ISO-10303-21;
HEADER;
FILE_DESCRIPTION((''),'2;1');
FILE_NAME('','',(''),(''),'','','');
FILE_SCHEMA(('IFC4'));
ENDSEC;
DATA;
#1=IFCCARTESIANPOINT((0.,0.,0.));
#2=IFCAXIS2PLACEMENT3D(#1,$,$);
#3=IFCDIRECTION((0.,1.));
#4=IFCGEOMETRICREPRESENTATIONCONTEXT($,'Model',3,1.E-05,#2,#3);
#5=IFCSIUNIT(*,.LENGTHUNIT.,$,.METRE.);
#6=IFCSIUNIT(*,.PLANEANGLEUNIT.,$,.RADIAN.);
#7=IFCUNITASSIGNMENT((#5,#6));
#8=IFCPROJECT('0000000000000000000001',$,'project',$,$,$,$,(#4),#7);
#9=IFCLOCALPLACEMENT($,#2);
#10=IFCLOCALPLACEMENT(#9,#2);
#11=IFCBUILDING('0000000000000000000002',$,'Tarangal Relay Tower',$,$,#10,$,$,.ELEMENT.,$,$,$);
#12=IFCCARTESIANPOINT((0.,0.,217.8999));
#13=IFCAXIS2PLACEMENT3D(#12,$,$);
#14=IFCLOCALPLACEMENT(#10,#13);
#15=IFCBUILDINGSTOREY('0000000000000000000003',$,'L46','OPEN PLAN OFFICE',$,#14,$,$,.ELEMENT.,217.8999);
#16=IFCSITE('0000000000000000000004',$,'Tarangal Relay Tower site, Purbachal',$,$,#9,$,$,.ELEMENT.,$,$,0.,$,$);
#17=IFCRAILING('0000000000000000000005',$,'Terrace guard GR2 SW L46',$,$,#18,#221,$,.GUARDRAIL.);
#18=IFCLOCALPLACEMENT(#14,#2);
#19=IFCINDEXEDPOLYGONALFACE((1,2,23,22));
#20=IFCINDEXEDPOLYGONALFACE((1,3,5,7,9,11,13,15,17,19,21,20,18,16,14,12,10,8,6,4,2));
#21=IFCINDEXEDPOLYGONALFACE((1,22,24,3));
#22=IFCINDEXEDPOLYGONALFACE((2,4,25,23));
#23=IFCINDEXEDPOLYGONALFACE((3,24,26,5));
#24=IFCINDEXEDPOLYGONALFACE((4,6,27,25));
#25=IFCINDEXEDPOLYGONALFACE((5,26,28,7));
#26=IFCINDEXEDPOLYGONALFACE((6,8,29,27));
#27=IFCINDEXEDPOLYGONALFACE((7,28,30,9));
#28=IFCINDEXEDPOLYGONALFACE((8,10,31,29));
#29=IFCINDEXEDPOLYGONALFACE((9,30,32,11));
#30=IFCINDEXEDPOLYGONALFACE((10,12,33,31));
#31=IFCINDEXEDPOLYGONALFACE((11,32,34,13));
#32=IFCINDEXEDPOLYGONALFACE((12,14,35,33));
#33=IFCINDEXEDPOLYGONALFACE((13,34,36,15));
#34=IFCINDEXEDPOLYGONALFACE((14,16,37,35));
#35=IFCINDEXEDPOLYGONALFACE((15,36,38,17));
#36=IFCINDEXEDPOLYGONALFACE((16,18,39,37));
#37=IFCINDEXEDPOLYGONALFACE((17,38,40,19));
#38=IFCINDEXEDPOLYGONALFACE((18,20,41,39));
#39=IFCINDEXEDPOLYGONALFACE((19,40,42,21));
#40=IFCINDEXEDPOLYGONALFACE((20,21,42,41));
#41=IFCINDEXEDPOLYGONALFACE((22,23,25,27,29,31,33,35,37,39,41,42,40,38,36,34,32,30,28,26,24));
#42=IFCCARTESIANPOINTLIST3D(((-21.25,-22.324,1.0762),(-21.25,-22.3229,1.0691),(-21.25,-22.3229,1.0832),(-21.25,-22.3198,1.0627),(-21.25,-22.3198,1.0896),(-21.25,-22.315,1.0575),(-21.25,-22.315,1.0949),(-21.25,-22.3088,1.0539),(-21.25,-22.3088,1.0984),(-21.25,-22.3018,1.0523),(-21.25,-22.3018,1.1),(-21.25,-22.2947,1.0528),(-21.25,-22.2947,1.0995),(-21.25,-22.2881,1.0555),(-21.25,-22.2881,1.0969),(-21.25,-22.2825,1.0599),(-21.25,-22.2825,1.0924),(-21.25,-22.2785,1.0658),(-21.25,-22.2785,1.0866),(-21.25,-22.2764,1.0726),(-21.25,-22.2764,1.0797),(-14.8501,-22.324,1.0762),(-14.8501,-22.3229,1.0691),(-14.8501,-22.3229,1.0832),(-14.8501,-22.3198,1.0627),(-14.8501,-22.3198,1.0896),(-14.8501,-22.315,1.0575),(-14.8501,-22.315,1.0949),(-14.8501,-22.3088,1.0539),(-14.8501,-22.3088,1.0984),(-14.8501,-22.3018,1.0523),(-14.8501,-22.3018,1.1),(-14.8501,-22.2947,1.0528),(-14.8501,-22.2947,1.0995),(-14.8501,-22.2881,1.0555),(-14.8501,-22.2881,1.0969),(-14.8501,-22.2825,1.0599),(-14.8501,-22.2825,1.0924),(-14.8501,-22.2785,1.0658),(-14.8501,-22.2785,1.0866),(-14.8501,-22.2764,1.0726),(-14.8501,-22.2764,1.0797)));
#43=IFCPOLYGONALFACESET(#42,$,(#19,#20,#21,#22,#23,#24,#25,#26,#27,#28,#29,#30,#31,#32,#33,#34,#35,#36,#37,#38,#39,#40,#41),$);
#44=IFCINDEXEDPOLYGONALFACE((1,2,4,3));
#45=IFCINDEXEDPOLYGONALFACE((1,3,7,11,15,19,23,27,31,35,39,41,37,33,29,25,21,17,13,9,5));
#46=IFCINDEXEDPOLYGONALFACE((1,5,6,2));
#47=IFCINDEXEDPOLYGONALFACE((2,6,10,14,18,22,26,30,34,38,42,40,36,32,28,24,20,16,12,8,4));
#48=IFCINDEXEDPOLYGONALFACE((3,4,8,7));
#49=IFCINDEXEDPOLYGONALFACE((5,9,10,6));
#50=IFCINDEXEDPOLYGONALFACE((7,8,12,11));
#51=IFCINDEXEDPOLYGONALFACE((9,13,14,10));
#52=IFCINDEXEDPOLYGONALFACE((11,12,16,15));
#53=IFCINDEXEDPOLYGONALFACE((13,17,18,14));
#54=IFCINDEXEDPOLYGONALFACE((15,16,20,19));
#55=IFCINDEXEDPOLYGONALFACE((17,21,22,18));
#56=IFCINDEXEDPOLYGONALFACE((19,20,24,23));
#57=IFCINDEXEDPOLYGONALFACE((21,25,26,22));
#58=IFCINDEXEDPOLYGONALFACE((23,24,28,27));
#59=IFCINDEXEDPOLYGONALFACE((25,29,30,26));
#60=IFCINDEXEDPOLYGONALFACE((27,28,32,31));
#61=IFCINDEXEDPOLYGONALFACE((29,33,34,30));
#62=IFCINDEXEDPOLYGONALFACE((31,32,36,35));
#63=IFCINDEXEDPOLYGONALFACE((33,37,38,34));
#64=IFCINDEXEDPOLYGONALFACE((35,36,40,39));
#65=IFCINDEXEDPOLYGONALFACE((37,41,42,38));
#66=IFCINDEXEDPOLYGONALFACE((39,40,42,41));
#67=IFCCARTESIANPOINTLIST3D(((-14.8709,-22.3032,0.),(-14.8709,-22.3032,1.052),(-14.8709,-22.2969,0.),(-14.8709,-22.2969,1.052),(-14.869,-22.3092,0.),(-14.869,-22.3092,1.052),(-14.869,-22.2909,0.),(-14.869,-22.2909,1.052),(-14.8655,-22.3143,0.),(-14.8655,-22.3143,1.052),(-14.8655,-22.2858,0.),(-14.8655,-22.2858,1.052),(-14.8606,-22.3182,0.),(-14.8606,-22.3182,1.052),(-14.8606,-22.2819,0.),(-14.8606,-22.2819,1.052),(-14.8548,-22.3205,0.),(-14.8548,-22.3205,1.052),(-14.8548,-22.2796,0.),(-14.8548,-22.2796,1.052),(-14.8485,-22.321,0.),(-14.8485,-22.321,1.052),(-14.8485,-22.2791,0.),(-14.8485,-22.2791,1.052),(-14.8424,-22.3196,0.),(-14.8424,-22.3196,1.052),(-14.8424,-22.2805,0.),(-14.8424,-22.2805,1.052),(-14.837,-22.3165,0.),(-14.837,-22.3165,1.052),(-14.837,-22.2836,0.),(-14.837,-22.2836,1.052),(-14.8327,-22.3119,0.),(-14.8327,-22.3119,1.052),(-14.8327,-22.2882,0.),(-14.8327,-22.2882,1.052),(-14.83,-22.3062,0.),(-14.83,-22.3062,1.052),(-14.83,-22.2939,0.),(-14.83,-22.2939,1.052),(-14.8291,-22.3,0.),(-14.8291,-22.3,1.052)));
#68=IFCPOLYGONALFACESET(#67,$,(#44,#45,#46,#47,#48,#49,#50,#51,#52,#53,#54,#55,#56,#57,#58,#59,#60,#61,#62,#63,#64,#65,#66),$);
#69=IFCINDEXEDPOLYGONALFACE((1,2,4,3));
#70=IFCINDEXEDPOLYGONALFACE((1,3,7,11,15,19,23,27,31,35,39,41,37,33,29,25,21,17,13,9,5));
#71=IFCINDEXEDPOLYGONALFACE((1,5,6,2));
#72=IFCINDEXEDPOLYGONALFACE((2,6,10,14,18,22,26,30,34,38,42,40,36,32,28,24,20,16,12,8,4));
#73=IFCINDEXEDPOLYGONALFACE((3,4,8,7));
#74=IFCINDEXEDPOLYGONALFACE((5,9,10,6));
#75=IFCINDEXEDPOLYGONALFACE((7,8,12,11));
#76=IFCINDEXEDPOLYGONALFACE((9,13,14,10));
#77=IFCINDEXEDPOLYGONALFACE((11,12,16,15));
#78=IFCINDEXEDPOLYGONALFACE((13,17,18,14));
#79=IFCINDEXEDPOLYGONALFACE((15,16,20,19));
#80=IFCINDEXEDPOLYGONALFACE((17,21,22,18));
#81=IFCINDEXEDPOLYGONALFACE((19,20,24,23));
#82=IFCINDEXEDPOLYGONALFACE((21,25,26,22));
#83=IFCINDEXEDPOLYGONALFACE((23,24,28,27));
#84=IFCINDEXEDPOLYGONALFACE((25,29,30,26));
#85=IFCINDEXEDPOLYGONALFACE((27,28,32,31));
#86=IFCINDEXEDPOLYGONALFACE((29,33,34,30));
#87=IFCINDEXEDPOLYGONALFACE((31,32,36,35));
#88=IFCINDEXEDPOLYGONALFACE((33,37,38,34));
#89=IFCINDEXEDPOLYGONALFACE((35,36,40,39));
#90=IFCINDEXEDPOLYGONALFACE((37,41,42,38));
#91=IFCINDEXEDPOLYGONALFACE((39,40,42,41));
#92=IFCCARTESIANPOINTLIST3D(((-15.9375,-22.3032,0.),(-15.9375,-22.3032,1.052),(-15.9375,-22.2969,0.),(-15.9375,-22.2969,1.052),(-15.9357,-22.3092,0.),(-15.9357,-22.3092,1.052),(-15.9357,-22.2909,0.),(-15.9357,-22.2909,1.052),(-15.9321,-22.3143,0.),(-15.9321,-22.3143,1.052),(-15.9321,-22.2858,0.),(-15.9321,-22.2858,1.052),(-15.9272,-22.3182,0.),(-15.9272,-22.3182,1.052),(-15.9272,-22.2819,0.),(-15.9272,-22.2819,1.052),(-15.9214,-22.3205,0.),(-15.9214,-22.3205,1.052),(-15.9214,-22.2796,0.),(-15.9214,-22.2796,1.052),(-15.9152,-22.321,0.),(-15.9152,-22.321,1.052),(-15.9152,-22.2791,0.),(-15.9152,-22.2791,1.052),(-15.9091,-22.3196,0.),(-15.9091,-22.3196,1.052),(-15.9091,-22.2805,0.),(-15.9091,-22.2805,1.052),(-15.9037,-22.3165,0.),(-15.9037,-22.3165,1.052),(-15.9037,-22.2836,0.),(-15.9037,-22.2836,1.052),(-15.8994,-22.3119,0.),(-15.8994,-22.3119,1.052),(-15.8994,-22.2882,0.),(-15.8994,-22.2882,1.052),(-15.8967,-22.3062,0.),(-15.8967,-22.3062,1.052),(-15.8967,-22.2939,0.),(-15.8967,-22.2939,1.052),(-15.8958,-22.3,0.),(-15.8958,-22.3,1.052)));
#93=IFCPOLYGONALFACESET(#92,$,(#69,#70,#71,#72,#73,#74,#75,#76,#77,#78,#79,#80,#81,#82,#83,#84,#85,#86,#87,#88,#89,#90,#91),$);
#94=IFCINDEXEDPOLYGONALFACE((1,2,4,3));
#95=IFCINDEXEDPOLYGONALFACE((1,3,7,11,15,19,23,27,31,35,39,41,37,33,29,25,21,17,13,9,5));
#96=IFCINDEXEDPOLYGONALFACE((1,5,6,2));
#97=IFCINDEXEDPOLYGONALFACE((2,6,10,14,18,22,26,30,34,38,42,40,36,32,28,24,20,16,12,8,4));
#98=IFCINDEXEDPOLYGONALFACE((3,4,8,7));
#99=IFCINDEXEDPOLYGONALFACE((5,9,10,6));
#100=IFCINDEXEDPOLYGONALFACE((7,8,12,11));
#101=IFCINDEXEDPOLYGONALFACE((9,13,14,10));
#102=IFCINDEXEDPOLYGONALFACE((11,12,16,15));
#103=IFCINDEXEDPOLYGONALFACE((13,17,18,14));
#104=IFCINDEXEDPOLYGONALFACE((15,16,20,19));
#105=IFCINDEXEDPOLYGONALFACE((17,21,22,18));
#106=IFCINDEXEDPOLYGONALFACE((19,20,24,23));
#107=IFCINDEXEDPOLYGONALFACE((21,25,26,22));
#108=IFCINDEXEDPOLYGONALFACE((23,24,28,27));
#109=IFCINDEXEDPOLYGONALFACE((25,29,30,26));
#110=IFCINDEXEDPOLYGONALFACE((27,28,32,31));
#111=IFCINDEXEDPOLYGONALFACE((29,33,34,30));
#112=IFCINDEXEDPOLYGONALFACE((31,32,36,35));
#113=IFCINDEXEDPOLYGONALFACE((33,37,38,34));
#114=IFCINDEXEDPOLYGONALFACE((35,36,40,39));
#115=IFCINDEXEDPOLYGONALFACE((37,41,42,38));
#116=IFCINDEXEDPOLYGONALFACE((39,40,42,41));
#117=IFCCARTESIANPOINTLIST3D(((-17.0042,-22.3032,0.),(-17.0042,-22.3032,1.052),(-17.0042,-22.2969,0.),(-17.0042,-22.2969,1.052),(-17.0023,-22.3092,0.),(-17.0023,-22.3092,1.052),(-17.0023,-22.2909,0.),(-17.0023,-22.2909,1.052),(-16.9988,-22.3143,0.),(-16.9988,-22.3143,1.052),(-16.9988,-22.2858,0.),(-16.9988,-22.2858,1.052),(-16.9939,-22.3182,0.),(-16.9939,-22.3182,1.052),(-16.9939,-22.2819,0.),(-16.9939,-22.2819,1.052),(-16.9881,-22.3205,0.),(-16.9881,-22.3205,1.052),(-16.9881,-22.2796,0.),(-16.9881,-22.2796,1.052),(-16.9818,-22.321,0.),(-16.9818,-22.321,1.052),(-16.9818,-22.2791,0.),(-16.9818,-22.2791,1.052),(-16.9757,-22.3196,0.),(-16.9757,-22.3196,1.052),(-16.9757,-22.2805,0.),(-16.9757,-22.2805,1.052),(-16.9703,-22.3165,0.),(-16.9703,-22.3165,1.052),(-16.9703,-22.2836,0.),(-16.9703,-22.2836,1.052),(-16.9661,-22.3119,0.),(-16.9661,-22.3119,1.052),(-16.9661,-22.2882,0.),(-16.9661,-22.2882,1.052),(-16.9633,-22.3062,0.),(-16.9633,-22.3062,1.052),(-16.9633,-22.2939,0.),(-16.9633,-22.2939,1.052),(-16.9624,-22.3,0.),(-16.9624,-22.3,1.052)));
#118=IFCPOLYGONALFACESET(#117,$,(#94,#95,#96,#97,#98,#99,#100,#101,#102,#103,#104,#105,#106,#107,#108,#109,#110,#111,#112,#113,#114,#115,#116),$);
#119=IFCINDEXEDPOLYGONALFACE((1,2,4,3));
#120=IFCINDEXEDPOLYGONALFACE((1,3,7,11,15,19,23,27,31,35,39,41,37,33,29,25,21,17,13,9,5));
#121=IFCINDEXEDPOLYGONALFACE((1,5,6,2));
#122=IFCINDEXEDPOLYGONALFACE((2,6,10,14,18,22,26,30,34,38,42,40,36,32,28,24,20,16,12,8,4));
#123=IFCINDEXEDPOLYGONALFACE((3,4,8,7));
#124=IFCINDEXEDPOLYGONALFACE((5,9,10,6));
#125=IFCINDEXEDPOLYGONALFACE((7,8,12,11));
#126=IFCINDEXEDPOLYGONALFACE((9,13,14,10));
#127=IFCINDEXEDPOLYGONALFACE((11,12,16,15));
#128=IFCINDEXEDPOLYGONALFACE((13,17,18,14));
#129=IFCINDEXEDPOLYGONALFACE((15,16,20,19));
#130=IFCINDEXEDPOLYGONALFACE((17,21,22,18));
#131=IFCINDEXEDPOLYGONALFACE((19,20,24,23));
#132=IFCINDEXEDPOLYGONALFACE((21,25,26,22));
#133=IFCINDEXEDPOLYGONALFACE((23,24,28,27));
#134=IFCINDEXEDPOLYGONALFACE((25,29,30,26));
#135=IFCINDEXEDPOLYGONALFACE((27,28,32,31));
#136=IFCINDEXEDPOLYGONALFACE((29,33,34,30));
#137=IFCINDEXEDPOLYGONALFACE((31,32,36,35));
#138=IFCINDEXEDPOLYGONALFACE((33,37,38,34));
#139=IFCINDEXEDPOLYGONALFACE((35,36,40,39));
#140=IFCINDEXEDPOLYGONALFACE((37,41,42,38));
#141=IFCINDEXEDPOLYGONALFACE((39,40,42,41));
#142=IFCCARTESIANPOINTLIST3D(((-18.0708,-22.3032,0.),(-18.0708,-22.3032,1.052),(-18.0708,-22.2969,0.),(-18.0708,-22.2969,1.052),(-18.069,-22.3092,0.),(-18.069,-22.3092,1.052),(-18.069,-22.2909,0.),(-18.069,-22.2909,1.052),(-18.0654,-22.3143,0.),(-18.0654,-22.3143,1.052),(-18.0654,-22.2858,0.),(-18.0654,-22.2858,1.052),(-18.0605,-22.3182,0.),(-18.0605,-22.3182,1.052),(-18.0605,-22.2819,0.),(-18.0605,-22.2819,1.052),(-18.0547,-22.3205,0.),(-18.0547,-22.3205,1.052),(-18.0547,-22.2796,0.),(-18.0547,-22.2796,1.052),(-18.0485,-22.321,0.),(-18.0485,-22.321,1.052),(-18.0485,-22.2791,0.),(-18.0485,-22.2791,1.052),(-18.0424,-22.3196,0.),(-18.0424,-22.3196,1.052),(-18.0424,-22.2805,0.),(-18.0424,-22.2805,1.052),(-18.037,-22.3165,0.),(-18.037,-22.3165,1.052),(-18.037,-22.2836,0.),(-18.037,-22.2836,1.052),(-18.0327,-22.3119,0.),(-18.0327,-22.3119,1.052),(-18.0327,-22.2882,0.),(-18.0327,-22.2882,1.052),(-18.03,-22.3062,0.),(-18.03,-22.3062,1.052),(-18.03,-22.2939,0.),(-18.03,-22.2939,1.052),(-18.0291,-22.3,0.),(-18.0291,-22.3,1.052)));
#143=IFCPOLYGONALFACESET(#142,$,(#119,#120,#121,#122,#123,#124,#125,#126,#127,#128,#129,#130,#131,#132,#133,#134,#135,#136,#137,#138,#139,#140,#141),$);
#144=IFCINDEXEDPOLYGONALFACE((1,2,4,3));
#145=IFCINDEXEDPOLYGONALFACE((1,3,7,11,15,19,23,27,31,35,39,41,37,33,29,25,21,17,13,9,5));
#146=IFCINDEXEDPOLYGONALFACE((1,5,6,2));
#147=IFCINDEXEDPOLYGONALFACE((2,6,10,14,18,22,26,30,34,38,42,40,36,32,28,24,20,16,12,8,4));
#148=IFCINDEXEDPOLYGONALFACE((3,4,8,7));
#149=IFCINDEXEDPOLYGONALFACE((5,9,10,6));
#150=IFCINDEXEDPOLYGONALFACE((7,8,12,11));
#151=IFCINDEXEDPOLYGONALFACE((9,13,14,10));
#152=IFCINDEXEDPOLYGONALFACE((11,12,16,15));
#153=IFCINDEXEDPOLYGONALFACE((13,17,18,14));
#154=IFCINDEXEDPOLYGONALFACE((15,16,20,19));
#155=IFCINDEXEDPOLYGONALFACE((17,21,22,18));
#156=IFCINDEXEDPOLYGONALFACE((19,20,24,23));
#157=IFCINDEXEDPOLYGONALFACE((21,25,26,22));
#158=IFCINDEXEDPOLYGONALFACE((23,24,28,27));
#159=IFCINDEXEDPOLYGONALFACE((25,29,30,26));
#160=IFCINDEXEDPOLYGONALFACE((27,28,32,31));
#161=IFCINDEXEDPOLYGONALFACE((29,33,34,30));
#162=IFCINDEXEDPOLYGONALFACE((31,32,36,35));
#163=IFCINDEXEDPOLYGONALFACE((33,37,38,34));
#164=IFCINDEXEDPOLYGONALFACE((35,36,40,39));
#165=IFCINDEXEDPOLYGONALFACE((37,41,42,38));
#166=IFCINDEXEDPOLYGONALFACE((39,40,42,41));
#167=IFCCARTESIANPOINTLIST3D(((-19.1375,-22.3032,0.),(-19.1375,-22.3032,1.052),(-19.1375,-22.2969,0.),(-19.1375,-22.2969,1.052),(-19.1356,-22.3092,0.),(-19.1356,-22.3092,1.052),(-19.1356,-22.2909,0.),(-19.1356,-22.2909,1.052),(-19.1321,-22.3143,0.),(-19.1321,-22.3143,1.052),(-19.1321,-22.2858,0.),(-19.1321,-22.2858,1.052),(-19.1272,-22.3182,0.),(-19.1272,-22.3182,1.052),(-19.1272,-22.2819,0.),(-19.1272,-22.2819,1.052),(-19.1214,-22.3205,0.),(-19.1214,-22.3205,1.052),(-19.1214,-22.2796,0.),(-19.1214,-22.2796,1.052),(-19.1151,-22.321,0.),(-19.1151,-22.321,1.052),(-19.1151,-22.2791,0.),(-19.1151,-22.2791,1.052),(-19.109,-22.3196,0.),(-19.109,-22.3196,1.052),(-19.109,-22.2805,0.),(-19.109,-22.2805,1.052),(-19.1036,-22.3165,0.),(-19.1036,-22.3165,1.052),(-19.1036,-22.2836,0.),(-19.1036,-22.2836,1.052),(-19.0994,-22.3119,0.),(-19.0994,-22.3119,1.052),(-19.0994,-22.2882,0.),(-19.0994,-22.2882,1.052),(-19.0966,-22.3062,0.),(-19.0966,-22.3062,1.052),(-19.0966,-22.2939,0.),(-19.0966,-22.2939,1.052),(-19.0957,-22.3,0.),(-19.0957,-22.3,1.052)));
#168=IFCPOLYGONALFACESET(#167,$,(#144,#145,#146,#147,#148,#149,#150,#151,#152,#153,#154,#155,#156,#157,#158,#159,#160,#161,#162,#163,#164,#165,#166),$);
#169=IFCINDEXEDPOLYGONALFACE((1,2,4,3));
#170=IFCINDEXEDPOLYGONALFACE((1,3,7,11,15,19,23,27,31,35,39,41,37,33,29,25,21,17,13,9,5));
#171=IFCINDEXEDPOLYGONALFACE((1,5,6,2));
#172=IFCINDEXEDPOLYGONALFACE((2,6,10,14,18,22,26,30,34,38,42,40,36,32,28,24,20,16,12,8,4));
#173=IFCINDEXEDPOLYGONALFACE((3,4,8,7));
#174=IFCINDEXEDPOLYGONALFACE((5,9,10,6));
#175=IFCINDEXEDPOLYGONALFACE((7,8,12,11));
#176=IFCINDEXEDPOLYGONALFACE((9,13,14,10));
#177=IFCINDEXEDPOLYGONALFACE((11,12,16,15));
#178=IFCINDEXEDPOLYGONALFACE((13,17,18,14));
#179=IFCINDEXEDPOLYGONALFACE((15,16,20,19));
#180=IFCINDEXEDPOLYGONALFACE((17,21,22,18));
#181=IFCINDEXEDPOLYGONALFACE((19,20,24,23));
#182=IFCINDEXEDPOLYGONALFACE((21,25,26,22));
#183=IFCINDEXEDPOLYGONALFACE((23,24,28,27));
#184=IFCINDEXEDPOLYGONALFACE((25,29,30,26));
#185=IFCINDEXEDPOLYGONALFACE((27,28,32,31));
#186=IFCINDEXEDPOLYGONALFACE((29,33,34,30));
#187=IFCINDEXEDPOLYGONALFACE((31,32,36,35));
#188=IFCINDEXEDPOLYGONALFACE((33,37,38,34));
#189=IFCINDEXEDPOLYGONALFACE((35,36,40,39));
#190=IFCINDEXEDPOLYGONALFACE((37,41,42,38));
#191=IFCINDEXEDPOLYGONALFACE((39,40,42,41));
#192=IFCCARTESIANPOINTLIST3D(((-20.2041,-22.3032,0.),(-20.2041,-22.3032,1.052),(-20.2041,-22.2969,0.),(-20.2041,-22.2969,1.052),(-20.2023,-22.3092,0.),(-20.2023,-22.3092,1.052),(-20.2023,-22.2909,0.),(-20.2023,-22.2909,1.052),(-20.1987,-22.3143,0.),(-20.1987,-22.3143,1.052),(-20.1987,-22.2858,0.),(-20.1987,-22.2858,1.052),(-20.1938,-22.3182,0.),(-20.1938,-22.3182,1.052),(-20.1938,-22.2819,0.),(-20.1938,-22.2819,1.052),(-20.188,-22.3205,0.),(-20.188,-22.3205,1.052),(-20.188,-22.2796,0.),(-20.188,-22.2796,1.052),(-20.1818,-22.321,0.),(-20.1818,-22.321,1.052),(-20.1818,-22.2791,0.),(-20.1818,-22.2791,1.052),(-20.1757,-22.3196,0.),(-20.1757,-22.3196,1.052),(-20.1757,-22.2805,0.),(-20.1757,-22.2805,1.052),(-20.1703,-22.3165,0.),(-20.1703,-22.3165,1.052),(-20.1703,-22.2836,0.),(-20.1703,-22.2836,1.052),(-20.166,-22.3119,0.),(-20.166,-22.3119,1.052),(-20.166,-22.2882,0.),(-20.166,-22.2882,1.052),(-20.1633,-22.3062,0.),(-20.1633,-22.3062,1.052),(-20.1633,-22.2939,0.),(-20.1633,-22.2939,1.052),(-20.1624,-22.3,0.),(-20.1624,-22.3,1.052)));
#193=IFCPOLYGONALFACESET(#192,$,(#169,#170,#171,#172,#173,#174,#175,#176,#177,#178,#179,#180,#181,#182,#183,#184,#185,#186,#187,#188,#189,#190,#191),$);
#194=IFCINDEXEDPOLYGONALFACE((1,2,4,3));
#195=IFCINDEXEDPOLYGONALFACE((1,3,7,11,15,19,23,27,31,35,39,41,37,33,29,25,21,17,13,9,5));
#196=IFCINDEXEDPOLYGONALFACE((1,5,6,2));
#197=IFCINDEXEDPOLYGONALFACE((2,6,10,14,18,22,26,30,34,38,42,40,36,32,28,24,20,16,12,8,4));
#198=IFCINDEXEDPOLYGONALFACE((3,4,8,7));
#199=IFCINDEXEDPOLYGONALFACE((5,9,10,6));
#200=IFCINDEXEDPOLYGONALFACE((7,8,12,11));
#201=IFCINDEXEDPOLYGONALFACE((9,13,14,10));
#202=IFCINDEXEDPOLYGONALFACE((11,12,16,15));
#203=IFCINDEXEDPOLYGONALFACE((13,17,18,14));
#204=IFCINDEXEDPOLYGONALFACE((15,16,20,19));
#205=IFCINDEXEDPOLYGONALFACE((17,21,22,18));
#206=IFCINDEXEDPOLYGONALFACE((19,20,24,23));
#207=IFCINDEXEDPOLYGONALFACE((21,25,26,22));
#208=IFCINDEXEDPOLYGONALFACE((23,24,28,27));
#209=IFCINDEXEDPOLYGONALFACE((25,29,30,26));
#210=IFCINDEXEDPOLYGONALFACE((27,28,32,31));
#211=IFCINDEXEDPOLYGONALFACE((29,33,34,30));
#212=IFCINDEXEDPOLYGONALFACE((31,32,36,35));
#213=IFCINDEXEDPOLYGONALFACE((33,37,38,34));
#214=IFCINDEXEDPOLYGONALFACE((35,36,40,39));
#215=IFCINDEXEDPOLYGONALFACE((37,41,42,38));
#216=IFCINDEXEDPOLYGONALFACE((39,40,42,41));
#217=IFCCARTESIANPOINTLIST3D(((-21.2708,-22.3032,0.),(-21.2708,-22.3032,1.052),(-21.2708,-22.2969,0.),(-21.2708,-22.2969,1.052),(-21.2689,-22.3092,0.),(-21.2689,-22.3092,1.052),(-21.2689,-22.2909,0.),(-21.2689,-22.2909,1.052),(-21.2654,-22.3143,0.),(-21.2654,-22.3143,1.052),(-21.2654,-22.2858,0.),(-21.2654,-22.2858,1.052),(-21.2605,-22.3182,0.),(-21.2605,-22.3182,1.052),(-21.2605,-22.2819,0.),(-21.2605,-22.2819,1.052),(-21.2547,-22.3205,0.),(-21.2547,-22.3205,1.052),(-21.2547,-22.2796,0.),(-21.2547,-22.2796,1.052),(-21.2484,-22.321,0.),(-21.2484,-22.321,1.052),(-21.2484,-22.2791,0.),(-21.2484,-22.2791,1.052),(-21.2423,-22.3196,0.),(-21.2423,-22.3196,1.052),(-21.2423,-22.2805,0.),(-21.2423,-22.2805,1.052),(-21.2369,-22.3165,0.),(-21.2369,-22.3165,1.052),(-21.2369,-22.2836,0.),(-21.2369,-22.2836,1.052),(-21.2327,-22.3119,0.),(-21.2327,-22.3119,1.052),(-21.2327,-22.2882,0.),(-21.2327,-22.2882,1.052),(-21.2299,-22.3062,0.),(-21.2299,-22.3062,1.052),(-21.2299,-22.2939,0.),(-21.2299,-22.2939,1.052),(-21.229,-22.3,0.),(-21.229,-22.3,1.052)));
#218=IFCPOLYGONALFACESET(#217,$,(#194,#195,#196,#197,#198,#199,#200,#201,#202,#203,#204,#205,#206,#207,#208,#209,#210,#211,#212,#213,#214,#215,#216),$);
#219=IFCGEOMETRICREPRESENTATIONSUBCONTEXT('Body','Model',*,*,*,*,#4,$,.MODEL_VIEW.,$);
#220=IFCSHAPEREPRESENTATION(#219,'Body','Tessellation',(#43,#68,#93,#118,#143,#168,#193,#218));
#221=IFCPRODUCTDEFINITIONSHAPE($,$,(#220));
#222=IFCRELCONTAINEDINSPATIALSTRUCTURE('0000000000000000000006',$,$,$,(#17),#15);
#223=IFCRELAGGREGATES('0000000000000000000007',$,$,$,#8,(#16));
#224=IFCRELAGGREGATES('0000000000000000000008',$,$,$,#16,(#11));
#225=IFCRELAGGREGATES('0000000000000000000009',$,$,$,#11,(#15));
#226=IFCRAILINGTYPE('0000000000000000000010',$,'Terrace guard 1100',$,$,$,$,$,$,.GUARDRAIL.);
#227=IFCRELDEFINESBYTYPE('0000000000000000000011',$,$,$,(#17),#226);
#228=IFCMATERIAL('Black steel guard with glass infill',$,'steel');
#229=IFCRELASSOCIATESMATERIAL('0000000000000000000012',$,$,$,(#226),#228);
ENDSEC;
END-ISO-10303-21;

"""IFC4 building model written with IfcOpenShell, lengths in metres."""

from ifc_helpers import new_model, si_unit, direction, frame, origin, origin_2d, place, context, subcontext, project, spatial, circle, extrude, material, type_object, element, save


model = new_model("IFC4")

# Units and contexts
model_context = context("Model", 3, precision=1e-05, world=origin(), true_north=direction((0.0, 1.0)))
body_context = subcontext(model_context, "Body", "Model", "MODEL_VIEW")
ifc_project = project(units=[si_unit("LENGTHUNIT", "METRE"), si_unit("PLANEANGLEUNIT", "RADIAN")], contexts=[model_context])

# Site, building, storey
site_placement = place(None, origin())
site = spatial("IfcSite", under=ifc_project, at=site_placement, Name="Tarangal Relay Tower site, Purbachal", CompositionType="ELEMENT", RefElevation=0.0)
building_placement = place(site_placement, origin())
building = spatial("IfcBuilding", under=site, at=building_placement, Name="Tarangal Relay Tower", CompositionType="ELEMENT")
storey_placement = place(building_placement, frame((0.0, 0.0, 217.8999)))
storey = spatial("IfcBuildingStorey", under=building, at=storey_placement, Name="L46", Description="OPEN PLAN OFFICE", CompositionType="ELEMENT", Elevation=217.8999)

# Railing
ifc_material_1 = material(Name="Black steel guard with glass infill", Category="steel")
railing_type = type_object("IfcRailingType", Name="Terrace guard 1100", PredefinedType="GUARDRAIL", material=ifc_material_1)
railing_1_placement = place(storey_placement, frame((-14.8501, -22.3, 0.0)))
element("IfcRailing", 1, at=railing_1_placement, inside=storey, type_object=railing_type, Name="Terrace guard GR2 SW L46", PredefinedType="GUARDRAIL", context=body_context, shape_type="SweptSolid", body=[
    extrude(circle(Radius=0.0239, at=origin_2d()), frame((0.0, 0.0, 1.0762), z_axis=(-1.0, 0.0, 0.0), x_axis=(0.0, -1.0, 0.0)), (0.0, 0.0, 1.0), 6.3999),
    extrude(circle(Radius=0.021, at=origin_2d()), origin(), (0.0, 0.0, 1.0), 1.052),
    extrude(circle(Radius=0.021, at=origin_2d()), frame((-1.0667, 0.0, 0.0)), (0.0, 0.0, 1.0), 1.052),
    extrude(circle(Radius=0.021, at=origin_2d()), frame((-2.1333, 0.0, 0.0)), (0.0, 0.0, 1.0), 1.052),
    extrude(circle(Radius=0.021, at=origin_2d()), frame((-3.2, 0.0, 0.0)), (0.0, 0.0, 1.0), 1.052),
    extrude(circle(Radius=0.021, at=origin_2d()), frame((-4.2666, 0.0, 0.0)), (0.0, 0.0, 1.0), 1.052),
    extrude(circle(Radius=0.021, at=origin_2d()), frame((-5.3333, 0.0, 0.0)), (0.0, 0.0, 1.0), 1.052),
    extrude(circle(Radius=0.021, at=origin_2d()), frame((-6.3999, 0.0, 0.0)), (0.0, 0.0, 1.0), 1.052),
])

save(model, "model.ifc")
